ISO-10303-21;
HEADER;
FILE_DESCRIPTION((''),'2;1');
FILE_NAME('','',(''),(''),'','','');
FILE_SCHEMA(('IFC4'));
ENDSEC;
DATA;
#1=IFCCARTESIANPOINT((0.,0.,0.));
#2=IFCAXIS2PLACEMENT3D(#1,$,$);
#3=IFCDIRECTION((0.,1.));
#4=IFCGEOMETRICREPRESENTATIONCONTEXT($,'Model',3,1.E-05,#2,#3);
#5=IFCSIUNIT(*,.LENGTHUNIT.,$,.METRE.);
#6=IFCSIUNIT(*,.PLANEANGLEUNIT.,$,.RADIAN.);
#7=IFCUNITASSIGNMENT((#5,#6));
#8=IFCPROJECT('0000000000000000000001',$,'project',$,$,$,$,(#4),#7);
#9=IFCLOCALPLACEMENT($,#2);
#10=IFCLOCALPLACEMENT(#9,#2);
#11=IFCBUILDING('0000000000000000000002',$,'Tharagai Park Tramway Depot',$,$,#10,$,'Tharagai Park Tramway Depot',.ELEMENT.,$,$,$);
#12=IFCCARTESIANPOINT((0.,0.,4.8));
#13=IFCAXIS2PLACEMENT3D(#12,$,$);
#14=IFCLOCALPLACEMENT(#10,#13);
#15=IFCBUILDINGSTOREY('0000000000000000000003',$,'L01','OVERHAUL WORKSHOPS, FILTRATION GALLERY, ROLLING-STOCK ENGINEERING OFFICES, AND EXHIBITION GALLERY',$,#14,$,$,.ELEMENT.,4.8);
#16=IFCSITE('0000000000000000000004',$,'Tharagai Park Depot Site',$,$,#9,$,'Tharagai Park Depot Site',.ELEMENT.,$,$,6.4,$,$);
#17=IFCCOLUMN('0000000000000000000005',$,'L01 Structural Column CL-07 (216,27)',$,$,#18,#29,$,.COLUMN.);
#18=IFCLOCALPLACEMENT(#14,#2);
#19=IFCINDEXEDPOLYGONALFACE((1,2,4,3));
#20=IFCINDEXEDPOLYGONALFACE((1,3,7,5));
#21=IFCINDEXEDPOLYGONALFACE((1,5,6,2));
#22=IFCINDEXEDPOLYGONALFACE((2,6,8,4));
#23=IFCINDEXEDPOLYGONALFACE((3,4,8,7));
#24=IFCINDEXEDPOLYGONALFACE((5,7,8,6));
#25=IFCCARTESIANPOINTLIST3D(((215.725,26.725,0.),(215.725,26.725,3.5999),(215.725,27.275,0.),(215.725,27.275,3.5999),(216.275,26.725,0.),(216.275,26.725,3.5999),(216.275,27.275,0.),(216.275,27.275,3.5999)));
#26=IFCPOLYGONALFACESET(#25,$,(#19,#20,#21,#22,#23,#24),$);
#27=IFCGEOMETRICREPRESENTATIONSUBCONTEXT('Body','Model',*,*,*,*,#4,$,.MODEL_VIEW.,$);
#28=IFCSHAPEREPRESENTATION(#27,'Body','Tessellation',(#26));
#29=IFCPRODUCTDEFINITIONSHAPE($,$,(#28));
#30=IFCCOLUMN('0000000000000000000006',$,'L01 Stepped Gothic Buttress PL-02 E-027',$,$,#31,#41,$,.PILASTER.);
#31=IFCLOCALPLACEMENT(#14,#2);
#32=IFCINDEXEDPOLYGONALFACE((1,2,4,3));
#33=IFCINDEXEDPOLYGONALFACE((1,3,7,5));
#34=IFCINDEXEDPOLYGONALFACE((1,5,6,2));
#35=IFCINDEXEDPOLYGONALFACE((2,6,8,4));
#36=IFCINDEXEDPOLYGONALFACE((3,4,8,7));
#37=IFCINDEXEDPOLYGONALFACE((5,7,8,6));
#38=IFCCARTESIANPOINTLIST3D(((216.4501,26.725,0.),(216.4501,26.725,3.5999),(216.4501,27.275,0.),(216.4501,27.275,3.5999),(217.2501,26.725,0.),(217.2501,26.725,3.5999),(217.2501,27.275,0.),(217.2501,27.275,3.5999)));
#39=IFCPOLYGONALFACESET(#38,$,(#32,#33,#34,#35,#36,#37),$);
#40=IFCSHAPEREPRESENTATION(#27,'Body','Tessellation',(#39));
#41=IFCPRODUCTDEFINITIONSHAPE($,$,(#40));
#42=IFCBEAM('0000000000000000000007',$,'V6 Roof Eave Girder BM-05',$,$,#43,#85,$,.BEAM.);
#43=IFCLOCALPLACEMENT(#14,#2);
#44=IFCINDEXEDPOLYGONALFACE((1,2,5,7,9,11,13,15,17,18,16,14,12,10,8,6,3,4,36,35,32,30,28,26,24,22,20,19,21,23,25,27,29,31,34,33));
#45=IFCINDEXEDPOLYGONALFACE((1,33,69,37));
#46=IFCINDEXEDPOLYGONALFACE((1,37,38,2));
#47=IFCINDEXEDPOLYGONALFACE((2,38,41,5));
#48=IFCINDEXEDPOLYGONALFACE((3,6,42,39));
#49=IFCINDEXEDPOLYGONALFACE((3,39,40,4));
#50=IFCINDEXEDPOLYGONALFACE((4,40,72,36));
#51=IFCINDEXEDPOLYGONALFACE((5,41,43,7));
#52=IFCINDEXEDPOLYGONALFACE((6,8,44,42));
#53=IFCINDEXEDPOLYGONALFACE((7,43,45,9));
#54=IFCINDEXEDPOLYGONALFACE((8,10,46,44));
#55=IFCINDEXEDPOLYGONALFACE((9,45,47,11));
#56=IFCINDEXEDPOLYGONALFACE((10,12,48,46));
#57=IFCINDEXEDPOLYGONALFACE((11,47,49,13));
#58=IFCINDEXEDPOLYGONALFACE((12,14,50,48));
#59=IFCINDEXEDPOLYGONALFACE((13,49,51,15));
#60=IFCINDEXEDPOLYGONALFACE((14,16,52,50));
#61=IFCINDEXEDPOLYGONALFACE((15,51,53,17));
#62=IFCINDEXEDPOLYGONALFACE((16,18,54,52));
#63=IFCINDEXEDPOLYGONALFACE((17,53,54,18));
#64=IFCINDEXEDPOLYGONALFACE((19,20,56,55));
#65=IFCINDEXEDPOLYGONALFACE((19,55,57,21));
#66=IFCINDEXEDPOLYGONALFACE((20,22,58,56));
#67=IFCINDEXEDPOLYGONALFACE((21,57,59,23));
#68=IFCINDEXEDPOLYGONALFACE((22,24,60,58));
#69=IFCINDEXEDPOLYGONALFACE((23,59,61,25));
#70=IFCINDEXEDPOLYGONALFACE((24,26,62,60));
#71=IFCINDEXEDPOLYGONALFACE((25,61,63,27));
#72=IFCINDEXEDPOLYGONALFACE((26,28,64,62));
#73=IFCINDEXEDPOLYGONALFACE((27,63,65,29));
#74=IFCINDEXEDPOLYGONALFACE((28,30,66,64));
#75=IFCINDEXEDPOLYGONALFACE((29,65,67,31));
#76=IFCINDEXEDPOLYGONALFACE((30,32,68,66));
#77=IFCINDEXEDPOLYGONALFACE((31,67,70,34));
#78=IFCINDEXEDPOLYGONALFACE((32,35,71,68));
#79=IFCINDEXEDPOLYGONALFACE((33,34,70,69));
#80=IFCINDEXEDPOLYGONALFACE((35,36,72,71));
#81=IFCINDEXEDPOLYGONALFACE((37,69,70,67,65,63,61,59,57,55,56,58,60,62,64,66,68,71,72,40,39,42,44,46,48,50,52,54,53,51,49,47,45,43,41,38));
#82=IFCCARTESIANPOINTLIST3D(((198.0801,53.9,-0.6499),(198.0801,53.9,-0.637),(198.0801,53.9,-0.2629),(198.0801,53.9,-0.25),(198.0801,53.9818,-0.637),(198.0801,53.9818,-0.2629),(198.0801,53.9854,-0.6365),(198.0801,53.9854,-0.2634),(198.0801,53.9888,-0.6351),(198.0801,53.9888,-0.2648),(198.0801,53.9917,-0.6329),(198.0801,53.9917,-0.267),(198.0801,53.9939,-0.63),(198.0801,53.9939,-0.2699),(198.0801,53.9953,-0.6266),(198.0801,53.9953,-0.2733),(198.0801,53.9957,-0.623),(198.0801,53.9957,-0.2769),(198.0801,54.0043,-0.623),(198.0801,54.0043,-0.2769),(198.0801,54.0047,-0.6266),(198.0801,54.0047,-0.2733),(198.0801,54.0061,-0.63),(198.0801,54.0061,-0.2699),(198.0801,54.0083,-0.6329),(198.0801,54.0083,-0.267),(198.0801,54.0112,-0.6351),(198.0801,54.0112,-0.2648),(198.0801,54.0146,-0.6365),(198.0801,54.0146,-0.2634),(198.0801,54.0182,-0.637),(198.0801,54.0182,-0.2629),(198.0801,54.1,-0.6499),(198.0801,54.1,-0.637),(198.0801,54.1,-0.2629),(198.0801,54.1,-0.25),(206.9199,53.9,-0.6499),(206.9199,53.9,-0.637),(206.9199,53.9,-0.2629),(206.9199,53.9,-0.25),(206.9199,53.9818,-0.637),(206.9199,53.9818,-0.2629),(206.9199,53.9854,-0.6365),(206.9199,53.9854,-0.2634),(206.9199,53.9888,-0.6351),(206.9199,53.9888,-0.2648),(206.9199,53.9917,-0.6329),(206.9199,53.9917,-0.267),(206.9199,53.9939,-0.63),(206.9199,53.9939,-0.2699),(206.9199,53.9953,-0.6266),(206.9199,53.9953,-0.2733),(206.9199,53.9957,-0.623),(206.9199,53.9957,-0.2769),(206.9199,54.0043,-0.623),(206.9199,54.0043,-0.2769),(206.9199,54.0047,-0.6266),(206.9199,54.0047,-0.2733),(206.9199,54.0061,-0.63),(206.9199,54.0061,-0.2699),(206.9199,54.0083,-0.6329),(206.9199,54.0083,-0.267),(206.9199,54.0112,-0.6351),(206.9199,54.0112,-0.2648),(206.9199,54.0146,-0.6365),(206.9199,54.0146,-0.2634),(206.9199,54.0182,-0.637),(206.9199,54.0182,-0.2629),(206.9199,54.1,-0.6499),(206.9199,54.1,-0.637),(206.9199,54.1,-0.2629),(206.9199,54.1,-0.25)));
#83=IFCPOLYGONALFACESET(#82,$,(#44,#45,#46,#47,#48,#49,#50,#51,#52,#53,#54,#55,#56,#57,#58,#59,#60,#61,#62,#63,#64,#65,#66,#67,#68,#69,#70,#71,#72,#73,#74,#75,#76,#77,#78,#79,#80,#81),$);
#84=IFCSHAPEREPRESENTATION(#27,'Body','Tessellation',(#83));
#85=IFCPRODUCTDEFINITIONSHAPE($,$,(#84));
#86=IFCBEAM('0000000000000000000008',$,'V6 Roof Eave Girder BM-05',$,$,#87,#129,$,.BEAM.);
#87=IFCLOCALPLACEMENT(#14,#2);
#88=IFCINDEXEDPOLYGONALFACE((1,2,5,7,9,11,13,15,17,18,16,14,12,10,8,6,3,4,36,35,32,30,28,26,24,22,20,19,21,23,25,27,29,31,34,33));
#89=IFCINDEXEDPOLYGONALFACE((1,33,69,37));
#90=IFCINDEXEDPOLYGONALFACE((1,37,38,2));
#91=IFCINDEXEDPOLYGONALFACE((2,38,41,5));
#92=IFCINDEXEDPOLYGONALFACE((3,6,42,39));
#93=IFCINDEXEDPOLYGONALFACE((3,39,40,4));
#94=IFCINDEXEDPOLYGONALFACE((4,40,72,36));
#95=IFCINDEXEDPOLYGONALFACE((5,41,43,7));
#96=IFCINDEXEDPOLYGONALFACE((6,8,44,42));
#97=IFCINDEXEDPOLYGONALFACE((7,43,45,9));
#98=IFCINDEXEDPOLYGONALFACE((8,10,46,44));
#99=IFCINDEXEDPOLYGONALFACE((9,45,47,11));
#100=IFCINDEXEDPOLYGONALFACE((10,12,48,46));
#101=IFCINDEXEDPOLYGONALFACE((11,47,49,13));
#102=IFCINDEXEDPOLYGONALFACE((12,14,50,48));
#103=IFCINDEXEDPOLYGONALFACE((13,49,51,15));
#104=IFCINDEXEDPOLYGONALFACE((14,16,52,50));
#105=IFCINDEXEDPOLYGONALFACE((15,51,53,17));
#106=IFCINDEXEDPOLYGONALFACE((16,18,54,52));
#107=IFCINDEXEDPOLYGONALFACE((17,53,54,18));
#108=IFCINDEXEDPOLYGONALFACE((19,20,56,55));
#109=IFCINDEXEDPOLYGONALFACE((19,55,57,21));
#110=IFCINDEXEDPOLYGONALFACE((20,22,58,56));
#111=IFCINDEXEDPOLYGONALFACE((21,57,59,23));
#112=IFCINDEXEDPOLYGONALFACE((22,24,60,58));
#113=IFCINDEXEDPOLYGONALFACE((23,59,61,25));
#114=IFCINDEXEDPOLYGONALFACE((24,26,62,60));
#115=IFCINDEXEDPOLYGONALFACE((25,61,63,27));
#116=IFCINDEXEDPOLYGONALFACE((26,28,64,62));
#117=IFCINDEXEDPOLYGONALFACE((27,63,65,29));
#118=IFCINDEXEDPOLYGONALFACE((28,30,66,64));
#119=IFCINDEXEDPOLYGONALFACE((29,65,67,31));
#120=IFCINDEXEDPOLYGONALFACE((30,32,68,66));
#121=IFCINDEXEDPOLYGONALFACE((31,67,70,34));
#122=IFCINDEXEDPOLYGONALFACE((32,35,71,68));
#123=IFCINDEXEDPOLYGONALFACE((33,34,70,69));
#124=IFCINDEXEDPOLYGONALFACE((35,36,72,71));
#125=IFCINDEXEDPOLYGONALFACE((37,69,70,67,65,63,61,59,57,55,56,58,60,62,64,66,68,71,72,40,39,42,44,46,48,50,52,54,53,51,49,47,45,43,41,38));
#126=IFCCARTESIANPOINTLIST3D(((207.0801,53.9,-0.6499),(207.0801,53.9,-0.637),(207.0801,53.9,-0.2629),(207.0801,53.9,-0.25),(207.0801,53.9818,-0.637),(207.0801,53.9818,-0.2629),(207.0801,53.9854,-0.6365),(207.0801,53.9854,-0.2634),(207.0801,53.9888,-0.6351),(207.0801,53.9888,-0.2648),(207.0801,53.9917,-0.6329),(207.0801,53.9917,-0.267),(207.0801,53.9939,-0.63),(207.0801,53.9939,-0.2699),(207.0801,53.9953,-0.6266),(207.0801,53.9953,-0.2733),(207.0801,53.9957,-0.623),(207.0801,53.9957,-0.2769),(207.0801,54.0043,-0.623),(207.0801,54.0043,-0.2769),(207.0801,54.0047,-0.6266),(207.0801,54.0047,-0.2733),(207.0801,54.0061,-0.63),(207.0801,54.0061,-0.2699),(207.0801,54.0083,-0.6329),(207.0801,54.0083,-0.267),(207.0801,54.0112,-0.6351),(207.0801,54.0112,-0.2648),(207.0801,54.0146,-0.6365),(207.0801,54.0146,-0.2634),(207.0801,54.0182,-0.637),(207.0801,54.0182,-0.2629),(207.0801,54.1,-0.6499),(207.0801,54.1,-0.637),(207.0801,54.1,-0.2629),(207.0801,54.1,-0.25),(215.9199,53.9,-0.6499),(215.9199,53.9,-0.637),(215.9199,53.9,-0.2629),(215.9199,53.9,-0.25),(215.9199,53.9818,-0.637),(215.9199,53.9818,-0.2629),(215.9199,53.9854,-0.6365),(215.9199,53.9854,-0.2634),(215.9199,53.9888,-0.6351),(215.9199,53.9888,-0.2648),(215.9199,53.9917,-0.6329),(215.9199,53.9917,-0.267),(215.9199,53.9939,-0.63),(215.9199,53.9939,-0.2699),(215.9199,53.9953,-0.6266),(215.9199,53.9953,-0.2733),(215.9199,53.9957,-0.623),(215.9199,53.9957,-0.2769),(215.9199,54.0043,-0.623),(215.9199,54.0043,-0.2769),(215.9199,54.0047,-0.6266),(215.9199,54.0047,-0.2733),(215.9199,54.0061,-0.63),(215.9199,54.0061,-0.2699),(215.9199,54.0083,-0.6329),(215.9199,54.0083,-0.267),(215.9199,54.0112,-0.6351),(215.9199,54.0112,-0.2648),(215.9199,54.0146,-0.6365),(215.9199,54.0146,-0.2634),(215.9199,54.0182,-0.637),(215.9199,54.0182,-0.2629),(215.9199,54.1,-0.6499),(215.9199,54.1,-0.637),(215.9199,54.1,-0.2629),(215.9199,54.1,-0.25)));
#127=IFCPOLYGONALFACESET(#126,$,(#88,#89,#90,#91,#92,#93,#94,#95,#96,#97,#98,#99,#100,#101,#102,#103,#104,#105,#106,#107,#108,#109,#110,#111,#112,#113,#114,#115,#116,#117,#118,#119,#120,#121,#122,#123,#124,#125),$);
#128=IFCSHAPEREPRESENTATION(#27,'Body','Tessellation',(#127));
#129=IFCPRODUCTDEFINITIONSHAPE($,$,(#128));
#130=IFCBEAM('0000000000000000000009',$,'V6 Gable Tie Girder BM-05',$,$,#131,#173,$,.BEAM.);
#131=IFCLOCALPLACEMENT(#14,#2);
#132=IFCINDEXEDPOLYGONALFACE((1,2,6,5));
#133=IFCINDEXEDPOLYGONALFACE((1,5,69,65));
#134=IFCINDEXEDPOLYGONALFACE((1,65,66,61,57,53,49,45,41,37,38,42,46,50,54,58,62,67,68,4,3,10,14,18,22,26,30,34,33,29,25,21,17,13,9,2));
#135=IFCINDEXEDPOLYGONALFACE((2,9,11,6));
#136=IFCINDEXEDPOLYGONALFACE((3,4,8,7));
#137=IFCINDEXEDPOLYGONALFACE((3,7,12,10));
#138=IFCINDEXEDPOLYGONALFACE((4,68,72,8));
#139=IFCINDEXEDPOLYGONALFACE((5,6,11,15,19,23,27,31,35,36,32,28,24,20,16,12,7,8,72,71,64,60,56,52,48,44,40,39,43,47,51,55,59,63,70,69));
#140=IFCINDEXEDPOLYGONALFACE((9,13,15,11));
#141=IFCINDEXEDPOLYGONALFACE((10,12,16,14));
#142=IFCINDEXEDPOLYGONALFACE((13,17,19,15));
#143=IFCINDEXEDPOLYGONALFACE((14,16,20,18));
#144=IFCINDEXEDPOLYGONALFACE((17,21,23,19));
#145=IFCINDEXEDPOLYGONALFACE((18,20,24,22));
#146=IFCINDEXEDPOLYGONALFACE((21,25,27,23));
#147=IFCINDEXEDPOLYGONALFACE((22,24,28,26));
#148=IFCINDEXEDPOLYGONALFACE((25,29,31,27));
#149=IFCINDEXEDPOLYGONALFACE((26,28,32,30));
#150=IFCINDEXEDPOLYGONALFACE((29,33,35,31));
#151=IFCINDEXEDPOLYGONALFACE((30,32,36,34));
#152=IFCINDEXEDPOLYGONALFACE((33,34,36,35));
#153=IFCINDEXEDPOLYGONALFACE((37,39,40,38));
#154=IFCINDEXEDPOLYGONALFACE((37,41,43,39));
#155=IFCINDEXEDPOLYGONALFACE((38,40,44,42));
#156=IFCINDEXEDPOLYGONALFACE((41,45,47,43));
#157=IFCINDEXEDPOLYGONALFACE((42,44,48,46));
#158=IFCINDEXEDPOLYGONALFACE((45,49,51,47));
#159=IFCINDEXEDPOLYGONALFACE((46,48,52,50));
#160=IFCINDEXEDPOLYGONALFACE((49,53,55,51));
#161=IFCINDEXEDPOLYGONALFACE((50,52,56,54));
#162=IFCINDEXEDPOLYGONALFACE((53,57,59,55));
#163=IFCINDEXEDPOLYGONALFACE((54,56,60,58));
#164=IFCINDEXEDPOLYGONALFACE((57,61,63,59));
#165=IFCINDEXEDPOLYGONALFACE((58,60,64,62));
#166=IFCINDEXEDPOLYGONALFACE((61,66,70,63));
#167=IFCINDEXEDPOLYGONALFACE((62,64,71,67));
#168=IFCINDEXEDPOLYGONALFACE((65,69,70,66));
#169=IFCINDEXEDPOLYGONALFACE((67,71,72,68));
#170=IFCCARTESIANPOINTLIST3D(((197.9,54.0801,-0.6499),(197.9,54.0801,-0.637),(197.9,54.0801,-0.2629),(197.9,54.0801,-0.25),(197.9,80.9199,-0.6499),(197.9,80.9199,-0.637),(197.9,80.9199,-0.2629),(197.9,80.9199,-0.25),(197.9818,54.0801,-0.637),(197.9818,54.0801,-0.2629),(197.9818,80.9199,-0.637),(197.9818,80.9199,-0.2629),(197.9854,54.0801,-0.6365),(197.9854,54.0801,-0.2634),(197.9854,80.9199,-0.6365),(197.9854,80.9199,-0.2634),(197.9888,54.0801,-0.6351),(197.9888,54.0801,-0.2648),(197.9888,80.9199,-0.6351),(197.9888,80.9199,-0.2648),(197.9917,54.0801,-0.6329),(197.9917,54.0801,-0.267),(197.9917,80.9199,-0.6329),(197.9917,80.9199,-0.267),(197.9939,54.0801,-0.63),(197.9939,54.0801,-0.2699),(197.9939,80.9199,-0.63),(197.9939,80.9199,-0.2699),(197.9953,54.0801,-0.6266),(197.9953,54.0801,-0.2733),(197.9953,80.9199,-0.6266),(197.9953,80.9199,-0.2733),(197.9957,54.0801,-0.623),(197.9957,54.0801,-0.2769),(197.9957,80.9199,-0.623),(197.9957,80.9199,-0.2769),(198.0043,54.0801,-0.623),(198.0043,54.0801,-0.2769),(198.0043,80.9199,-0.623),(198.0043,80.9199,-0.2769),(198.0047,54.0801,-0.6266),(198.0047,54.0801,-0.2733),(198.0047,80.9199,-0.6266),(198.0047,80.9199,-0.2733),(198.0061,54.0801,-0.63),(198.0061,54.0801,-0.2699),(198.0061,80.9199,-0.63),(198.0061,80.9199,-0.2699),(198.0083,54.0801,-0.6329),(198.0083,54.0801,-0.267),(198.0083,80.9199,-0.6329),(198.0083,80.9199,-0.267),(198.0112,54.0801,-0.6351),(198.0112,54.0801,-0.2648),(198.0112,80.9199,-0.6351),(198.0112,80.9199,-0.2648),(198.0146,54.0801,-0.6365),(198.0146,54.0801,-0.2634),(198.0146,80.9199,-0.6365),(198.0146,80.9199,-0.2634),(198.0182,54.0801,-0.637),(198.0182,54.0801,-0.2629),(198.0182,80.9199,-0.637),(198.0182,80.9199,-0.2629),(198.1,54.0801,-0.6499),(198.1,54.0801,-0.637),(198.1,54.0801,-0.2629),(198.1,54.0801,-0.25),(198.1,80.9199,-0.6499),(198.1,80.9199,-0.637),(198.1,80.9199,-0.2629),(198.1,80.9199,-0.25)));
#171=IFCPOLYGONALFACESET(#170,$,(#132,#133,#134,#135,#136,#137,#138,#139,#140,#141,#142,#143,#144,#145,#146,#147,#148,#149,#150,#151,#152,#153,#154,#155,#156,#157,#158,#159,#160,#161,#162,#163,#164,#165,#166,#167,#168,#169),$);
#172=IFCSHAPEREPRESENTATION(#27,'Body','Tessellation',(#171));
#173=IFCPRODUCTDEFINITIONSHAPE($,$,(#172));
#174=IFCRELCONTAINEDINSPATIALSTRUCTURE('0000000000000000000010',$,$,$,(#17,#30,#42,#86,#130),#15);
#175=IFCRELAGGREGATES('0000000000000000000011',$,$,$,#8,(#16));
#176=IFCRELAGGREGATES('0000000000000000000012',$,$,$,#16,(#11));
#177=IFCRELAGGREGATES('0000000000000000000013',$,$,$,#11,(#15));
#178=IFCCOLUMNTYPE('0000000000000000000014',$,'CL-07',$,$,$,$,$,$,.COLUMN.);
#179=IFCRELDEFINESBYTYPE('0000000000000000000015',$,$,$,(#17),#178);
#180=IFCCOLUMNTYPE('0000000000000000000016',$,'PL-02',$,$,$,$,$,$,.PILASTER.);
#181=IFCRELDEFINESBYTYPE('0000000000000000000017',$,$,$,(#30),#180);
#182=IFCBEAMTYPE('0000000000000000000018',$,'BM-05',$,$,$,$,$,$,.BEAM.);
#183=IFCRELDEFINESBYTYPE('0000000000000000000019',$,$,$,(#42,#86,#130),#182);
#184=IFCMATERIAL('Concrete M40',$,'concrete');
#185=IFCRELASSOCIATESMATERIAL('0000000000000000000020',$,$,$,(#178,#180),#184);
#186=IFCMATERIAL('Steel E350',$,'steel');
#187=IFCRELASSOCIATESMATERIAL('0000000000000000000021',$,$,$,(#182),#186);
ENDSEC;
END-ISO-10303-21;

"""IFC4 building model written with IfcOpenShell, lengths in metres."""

from ifc_helpers import new_model, si_unit, direction, frame, origin, origin_2d, place, context, subcontext, project, spatial, rectangle, i_section, extrude, material, material_profile, profile_set, type_object, element, save


model = new_model("IFC4")

# Units and contexts
model_context = context("Model", 3, precision=1e-05, world=origin(), true_north=direction((0.0, 1.0)))
body_context = subcontext(model_context, "Body", "Model", "MODEL_VIEW")
ifc_project = project(units=[si_unit("LENGTHUNIT", "METRE"), si_unit("PLANEANGLEUNIT", "RADIAN")], contexts=[model_context])

# Site, building, storey
site_placement = place(None, origin())
site = spatial("IfcSite", under=ifc_project, at=site_placement, Name="Tharagai Park Depot Site", LongName="Tharagai Park Depot Site", CompositionType="ELEMENT", RefElevation=6.4)
building_placement = place(site_placement, origin())
building = spatial("IfcBuilding", under=site, at=building_placement, Name="Tharagai Park Tramway Depot", LongName="Tharagai Park Tramway Depot", CompositionType="ELEMENT")
storey_placement = place(building_placement, frame((0.0, 0.0, 4.8)))
storey = spatial("IfcBuildingStorey", under=building, at=storey_placement, Name="L01", Description="OVERHAUL WORKSHOPS, FILTRATION GALLERY, ROLLING-STOCK ENGINEERING OFFICES, AND EXHIBITION GALLERY", CompositionType="ELEMENT", Elevation=4.8)

# Columns
ifc_material_1 = material(Name="Concrete M40", Category="concrete")
ifc_material_profile_1 = material_profile(ifc_material_1, rectangle(XDim=0.55, YDim=0.55, at=origin_2d()), Name="RC 550x550")
ifc_profile_set_1 = profile_set([ifc_material_profile_1], Name="Concrete M40")
column_type_1 = type_object("IfcColumnType", Name="CL-07", PredefinedType="COLUMN", material=ifc_profile_set_1)
column_1_placement = place(storey_placement, frame((216.0, 27.0, 0.0), z_axis=(0.0, 0.0, 1.0), x_axis=(1.0, 0.0, 0.0)))
element("IfcColumn", 1, at=column_1_placement, inside=storey, type_object=column_type_1, Name="L01 Structural Column CL-07 (216,27)", PredefinedType="COLUMN", context=body_context, shape_type="SweptSolid", body=[
    extrude(rectangle(XDim=0.55, YDim=0.55, at=origin_2d()), origin(), (0.0, 0.0, 1.0), 3.5999),
])
ifc_material_profile_2 = material_profile(ifc_material_1, rectangle(XDim=0.55, YDim=0.8, at=origin_2d()), Name="RC 550x800")
ifc_profile_set_2 = profile_set([ifc_material_profile_2], Name="Concrete M40")
column_type_2 = type_object("IfcColumnType", Name="PL-02", PredefinedType="PILASTER", material=ifc_profile_set_2)
column_2_placement = place(storey_placement, frame((216.8501, 27.0, 0.0), z_axis=(0.0, 0.0, 1.0), x_axis=(0.0, 1.0, 0.0)))
element("IfcColumn", 2, at=column_2_placement, inside=storey, type_object=column_type_2, Name="L01 Stepped Gothic Buttress PL-02 E-027", PredefinedType="PILASTER", context=body_context, shape_type="SweptSolid", body=[
    extrude(rectangle(XDim=0.55, YDim=0.8, at=origin_2d()), origin(), (0.0, 0.0, 1.0), 3.5999),
])

# Beams
ifc_material_2 = material(Name="Steel E350", Category="steel")
ifc_material_profile_3 = material_profile(ifc_material_2, i_section(OverallWidth=0.2, OverallDepth=0.3999, WebThickness=0.0085, FlangeThickness=0.0129, FilletRadius=0.0139, at=origin_2d()), Name="ISWB 400")
ifc_profile_set_3 = profile_set([ifc_material_profile_3], Name="Steel E350")
beam_type_1 = type_object("IfcBeamType", Name="BM-05", PredefinedType="BEAM", material=ifc_profile_set_3)
for number, where, z_axis, x_axis, name in (
    (3, (198.0801, 54.0, -0.45), (1.0, 0.0, 0.0), (0.0, 1.0, 0.0), "V6 Roof Eave Girder BM-05"),
    (4, (207.0801, 54.0, -0.45), (1.0, 0.0, 0.0), (0.0, 1.0, 0.0), "V6 Roof Eave Girder BM-05"),
):
    element("IfcBeam", number, at=place(storey_placement, frame(where, z_axis=z_axis, x_axis=x_axis)), inside=storey, type_object=beam_type_1, Name=name, PredefinedType="BEAM", context=body_context, shape_type="SweptSolid", body=[
        extrude(i_section(OverallWidth=0.2, OverallDepth=0.3999, WebThickness=0.0085, FlangeThickness=0.0129, FilletRadius=0.0139, at=origin_2d()), origin(), (0.0, 0.0, 1.0), 8.8398),
    ])
for number, where, z_axis, x_axis, name in (
    (5, (198.0, 54.0801, -0.45), (0.0, 1.0, 0.0), (-1.0, 0.0, 0.0), "V6 Gable Tie Girder BM-05"),
):
    element("IfcBeam", number, at=place(storey_placement, frame(where, z_axis=z_axis, x_axis=x_axis)), inside=storey, type_object=beam_type_1, Name=name, PredefinedType="BEAM", context=body_context, shape_type="SweptSolid", body=[
        extrude(i_section(OverallWidth=0.2, OverallDepth=0.3999, WebThickness=0.0085, FlangeThickness=0.0129, FilletRadius=0.0139, at=origin_2d()), origin(), (0.0, 0.0, 1.0), 26.8398),
    ])

save(model, "model.ifc")
